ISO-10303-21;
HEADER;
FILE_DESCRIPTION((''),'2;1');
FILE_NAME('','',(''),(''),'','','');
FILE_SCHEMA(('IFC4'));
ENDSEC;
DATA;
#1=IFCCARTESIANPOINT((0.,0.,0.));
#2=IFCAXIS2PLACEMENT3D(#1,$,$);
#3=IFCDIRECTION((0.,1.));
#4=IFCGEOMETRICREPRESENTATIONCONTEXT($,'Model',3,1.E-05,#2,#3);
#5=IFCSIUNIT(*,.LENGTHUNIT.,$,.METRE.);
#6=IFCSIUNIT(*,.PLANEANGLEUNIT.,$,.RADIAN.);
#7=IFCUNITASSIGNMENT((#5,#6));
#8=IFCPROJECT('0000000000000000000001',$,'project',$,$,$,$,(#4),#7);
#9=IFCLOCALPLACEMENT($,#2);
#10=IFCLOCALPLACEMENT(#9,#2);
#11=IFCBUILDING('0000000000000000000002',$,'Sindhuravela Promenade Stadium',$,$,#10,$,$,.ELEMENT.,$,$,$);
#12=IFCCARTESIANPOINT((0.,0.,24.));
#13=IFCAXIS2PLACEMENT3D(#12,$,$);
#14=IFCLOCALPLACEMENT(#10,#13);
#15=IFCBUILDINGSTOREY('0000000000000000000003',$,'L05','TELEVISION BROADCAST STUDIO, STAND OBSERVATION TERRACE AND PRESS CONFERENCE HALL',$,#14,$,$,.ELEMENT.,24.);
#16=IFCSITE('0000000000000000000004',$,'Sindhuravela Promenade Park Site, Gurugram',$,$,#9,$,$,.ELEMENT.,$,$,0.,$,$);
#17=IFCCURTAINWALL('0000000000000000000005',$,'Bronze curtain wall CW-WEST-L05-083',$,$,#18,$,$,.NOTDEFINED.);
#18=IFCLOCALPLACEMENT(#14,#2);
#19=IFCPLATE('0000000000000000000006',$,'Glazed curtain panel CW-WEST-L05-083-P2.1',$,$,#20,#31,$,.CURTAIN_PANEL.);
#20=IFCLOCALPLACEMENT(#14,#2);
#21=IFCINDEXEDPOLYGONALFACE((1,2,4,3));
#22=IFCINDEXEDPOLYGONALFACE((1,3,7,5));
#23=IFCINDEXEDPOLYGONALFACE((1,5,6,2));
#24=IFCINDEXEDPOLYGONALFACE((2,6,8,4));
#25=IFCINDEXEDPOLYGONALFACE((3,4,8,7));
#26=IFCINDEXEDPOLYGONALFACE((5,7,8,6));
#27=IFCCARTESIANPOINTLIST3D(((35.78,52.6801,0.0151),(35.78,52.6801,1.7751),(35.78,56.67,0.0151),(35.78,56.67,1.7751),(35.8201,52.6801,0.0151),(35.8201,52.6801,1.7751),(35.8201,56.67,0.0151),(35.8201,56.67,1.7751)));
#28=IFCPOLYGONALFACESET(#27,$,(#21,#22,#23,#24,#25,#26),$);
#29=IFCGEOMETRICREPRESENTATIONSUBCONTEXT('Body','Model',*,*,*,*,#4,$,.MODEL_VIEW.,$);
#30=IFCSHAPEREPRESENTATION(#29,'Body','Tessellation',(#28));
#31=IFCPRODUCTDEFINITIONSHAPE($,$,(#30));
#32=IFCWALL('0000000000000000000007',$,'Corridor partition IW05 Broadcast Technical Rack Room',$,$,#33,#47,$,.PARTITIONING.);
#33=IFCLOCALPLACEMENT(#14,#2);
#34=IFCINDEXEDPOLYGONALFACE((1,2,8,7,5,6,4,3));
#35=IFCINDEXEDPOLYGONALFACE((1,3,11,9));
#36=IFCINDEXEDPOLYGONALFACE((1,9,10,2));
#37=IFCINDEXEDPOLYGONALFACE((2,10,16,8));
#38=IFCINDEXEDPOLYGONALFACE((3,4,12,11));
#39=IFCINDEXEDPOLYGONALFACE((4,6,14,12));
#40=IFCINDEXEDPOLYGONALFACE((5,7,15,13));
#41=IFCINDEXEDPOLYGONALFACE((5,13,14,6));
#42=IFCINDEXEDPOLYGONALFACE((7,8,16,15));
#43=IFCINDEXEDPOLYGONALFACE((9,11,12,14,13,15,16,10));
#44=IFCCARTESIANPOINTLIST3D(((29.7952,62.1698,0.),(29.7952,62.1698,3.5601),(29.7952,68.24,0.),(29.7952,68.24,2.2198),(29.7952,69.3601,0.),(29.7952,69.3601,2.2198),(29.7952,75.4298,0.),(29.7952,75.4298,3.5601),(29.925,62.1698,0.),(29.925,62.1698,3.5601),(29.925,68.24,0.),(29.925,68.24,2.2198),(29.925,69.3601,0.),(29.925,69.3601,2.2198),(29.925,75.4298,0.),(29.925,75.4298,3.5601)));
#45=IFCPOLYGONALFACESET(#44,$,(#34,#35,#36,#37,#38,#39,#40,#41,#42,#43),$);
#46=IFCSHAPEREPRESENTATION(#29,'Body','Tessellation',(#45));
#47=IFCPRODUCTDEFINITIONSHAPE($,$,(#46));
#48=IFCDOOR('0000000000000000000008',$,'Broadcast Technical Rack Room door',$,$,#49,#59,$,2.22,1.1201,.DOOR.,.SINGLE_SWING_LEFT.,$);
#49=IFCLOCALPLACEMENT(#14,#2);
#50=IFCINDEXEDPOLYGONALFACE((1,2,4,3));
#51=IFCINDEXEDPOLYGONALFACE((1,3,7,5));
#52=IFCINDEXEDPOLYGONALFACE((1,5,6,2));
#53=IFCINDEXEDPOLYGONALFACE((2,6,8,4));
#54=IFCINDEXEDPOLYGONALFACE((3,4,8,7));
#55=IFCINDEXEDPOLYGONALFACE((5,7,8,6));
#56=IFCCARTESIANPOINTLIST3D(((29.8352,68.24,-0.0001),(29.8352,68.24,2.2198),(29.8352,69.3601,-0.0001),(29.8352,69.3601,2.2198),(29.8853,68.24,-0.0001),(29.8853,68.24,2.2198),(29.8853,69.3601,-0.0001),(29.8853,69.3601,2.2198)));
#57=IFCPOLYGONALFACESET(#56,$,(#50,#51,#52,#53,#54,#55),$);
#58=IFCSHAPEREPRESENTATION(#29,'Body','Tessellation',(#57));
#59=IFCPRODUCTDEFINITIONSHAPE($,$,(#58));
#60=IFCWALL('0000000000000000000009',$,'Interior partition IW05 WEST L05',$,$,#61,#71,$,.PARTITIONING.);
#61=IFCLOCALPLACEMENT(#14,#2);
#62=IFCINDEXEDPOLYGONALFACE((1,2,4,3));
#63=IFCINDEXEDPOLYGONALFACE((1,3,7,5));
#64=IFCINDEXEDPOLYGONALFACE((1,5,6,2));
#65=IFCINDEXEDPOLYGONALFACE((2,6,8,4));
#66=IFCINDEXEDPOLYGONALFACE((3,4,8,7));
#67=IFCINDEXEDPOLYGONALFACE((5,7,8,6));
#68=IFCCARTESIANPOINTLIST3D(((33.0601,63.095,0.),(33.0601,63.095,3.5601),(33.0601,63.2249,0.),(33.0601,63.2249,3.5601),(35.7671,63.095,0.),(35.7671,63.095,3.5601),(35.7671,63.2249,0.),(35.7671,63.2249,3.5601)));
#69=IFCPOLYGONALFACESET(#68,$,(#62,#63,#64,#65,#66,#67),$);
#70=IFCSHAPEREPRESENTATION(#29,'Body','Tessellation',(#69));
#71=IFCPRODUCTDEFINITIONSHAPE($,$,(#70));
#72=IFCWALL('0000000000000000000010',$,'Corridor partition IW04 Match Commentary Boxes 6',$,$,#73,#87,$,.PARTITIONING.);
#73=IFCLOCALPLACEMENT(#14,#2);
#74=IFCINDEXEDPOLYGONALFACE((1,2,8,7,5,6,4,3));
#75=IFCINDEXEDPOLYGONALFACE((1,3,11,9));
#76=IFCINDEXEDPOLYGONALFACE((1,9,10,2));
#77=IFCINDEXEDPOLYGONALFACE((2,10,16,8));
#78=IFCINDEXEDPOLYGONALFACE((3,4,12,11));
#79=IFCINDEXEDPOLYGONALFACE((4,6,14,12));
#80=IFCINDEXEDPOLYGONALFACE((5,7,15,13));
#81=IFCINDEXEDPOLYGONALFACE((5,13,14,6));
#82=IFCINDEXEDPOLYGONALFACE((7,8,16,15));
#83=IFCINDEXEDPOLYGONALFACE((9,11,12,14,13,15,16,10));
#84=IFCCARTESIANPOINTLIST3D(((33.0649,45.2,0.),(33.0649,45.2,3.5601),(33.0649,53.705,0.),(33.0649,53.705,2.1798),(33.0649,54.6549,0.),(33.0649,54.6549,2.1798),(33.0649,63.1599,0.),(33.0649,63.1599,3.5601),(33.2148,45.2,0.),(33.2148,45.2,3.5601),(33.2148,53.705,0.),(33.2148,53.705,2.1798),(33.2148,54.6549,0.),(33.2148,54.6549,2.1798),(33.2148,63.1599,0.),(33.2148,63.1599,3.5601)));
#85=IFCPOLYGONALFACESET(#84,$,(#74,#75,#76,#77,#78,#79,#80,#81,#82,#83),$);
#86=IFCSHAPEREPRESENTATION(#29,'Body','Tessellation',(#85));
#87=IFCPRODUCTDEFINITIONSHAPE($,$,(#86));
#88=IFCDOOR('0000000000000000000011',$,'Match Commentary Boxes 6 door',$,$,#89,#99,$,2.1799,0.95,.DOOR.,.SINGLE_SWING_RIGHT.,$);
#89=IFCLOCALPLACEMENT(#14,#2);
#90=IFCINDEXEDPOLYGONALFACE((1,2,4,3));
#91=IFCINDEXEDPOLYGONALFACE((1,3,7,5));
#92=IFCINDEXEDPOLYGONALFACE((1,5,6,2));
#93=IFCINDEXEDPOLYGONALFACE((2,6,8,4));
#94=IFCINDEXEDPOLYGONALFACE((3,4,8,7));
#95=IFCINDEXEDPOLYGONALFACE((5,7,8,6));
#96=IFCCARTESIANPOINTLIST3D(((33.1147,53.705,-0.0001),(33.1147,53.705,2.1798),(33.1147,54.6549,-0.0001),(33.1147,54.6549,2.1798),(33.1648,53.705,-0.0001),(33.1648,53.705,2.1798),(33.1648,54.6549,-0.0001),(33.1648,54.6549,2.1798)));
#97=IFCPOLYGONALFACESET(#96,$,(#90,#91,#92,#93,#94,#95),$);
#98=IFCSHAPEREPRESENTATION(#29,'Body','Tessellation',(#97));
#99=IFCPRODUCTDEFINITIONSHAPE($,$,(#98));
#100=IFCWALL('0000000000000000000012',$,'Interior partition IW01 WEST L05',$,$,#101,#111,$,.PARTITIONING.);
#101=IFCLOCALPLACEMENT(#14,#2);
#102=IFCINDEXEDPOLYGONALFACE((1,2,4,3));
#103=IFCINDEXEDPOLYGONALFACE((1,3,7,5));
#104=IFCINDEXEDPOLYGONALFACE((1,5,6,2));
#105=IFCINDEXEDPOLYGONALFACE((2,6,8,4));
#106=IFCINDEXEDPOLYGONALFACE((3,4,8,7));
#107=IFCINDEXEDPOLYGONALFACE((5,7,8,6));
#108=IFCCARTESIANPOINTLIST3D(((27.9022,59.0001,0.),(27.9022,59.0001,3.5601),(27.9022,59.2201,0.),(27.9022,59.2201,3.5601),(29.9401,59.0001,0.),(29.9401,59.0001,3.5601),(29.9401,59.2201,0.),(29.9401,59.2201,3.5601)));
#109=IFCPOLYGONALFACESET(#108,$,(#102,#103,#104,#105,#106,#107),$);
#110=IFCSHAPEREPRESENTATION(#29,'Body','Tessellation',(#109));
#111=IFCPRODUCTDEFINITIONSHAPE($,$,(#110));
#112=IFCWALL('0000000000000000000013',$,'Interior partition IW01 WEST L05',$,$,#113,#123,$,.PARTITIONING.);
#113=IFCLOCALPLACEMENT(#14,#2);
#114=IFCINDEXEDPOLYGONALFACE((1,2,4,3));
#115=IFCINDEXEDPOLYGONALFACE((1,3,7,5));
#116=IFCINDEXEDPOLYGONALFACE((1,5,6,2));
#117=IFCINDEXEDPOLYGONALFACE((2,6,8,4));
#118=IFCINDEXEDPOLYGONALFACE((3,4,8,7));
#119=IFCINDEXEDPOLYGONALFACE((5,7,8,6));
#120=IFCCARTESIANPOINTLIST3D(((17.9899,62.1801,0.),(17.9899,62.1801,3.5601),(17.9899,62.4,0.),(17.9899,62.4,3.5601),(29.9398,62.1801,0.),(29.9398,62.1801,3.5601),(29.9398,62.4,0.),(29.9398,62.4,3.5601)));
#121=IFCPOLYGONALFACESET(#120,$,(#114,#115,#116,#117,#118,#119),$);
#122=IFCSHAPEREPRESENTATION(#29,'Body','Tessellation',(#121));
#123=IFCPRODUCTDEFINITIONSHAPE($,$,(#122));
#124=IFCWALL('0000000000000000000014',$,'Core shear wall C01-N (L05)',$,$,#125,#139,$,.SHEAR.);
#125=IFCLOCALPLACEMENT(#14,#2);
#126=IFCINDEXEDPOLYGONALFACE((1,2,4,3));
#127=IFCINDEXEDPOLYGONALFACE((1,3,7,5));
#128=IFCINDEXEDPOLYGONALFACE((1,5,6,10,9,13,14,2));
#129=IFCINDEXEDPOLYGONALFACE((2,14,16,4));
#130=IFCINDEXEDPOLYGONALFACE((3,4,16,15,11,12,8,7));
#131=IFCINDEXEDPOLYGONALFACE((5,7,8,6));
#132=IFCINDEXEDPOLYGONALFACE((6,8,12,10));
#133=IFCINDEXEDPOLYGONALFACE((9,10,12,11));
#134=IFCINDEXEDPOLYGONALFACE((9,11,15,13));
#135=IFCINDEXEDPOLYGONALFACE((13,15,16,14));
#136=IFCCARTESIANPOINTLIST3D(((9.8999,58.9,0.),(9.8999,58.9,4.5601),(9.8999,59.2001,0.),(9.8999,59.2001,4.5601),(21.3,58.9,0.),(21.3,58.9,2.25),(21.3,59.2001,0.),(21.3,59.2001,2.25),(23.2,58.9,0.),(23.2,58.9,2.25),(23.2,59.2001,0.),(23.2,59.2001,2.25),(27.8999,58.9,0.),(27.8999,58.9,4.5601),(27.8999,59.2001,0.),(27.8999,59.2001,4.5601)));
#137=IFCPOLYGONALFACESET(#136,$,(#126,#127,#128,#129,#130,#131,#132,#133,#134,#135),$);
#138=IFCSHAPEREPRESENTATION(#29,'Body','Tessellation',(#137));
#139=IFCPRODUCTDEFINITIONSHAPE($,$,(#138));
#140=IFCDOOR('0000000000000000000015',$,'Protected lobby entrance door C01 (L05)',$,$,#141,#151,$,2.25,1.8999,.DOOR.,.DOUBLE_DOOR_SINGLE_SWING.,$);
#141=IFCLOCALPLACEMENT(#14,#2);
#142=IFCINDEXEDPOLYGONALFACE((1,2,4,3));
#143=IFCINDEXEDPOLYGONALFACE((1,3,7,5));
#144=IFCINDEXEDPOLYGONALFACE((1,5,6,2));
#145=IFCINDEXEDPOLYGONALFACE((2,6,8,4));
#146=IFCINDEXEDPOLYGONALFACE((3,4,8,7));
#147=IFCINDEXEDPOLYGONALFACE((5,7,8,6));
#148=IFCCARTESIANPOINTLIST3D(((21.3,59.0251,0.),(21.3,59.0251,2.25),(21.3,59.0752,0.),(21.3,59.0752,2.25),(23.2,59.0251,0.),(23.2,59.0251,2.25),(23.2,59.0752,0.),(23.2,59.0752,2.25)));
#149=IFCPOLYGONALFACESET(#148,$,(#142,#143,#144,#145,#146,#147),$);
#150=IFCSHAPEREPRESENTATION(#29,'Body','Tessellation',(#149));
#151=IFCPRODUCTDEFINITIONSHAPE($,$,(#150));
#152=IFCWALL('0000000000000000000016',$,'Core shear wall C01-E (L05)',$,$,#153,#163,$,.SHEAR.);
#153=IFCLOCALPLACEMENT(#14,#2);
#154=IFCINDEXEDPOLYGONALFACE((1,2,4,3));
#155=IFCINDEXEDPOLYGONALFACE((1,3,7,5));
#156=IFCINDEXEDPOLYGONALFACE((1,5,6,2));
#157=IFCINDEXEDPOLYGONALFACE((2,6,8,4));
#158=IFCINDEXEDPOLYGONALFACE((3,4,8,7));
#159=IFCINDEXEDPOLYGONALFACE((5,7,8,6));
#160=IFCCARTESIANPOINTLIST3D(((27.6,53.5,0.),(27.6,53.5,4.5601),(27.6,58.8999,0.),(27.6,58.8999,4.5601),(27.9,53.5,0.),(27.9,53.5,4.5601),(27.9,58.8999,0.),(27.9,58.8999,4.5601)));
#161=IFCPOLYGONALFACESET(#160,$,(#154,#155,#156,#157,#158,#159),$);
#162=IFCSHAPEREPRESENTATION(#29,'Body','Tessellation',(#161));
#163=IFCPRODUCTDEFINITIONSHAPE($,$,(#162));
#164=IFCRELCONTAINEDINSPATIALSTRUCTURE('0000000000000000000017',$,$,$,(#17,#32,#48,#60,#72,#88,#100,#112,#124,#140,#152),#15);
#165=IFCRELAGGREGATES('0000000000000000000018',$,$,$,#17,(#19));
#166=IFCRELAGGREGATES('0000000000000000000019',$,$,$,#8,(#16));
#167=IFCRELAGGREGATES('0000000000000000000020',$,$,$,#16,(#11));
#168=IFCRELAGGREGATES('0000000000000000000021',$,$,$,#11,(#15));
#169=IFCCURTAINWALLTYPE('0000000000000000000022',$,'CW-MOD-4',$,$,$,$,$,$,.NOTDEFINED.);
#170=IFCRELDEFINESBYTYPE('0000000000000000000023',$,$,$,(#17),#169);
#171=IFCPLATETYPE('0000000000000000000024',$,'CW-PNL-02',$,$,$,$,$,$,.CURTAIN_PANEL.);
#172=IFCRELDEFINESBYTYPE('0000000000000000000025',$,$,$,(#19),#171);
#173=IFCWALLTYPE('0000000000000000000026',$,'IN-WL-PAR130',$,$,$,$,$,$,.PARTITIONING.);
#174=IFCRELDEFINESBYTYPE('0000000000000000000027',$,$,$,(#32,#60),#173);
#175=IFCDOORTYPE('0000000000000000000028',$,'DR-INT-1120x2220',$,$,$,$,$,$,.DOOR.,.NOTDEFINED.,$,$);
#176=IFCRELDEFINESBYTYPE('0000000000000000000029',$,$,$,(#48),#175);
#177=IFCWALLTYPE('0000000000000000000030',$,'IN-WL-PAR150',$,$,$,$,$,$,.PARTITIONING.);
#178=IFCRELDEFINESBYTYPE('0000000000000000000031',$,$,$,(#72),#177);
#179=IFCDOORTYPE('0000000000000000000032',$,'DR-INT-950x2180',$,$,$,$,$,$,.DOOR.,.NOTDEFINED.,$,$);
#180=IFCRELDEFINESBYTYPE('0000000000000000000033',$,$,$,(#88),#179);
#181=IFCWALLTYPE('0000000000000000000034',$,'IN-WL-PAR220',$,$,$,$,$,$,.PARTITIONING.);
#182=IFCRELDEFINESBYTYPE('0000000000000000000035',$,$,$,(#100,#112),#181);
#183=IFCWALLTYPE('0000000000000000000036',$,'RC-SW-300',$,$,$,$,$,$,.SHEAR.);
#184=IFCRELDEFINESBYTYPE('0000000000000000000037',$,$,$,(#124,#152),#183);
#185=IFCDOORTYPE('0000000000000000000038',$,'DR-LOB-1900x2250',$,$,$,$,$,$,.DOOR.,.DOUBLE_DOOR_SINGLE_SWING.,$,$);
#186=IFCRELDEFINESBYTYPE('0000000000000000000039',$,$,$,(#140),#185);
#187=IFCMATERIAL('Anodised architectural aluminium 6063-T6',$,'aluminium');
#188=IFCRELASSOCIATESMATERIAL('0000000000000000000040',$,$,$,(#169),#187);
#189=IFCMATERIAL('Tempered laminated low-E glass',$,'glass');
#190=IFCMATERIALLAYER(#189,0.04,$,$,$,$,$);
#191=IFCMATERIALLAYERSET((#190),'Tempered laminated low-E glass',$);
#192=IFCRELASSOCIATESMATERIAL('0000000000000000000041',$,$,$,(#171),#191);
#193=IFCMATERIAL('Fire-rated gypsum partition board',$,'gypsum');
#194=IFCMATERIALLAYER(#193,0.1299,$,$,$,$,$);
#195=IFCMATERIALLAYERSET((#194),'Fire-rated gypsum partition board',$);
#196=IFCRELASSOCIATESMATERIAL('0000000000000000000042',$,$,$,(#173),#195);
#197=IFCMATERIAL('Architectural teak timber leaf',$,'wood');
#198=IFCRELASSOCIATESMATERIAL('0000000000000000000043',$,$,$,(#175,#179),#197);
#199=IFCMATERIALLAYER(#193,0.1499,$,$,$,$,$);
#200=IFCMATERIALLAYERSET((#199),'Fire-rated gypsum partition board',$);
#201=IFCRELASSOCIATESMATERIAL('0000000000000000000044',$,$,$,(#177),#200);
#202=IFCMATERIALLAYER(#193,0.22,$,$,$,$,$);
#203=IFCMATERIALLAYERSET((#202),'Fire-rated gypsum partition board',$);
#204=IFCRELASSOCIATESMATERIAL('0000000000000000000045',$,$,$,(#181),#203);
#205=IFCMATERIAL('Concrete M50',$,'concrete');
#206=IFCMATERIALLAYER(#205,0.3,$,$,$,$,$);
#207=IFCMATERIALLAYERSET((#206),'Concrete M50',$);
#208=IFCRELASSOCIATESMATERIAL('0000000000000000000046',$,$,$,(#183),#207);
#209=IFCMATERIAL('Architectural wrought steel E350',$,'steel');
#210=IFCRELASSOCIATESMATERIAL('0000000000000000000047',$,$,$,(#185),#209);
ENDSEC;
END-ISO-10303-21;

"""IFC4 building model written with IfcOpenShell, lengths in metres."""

from ifc_helpers import new_model, si_unit, direction, frame, frame_2d, origin, origin_2d, place, context, subcontext, project, spatial, rectangle, extrude, material, layer, layer_set, type_object, element, fill, aggregate, save


model = new_model("IFC4")

# Units and contexts
model_context = context("Model", 3, precision=1e-05, world=origin(), true_north=direction((0.0, 1.0)))
body_context = subcontext(model_context, "Body", "Model", "MODEL_VIEW")
ifc_project = project(units=[si_unit("LENGTHUNIT", "METRE"), si_unit("PLANEANGLEUNIT", "RADIAN")], contexts=[model_context])

# Site, building, storey
site_placement = place(None, origin())
site = spatial("IfcSite", under=ifc_project, at=site_placement, Name="Sindhuravela Promenade Park Site, Gurugram", CompositionType="ELEMENT", RefElevation=0.0)
building_placement = place(site_placement, origin())
building = spatial("IfcBuilding", under=site, at=building_placement, Name="Sindhuravela Promenade Stadium", CompositionType="ELEMENT")
storey_placement = place(building_placement, frame((0.0, 0.0, 24.0)))
storey = spatial("IfcBuildingStorey", under=building, at=storey_placement, Name="L05", Description="TELEVISION BROADCAST STUDIO, STAND OBSERVATION TERRACE AND PRESS CONFERENCE HALL", CompositionType="ELEMENT", Elevation=24.0)

# Curtain wall, plate
ifc_material_1 = material(Name="Anodised architectural aluminium 6063-T6", Category="aluminium")
curtain_wall_type = type_object("IfcCurtainWallType", Name="CW-MOD-4", PredefinedType="NOTDEFINED", material=ifc_material_1)
curtain_wall_placement = place(storey_placement, origin())
curtain_wall = element("IfcCurtainWall", 1, at=curtain_wall_placement, inside=storey, type_object=curtain_wall_type, Name="Bronze curtain wall CW-WEST-L05-083", PredefinedType="NOTDEFINED")
ifc_material_2 = material(Name="Tempered laminated low-E glass", Category="glass")
ifc_layer_1 = layer(ifc_material_2, 0.04)
ifc_layer_set_1 = layer_set([ifc_layer_1], Name="Tempered laminated low-E glass")
plate_type = type_object("IfcPlateType", Name="CW-PNL-02", PredefinedType="CURTAIN_PANEL", material=ifc_layer_set_1)
plate_placement = place(storey_placement, frame((35.8, 54.675, 0.0151), z_axis=(0.0, 0.0, 1.0), x_axis=(0.0, -1.0, 0.0)))
plate = element("IfcPlate", 2, at=plate_placement, type_object=plate_type, Name="Glazed curtain panel CW-WEST-L05-083-P2.1", PredefinedType="CURTAIN_PANEL", context=body_context, shape_type="SweptSolid", body=[
    extrude(rectangle(XDim=3.99, YDim=0.04, at=origin_2d()), origin(), (0.0, 0.0, 1.0), 1.76),
])
aggregate(curtain_wall, [plate])

# Wall, opening, door
ifc_material_3 = material(Name="Fire-rated gypsum partition board", Category="gypsum")
ifc_layer_2 = layer(ifc_material_3, 0.1299)
ifc_layer_set_2 = layer_set([ifc_layer_2], Name="Fire-rated gypsum partition board")
wall_type_1 = type_object("IfcWallType", Name="IN-WL-PAR130", PredefinedType="PARTITIONING", material=ifc_layer_set_2)
wall_1_placement = place(storey_placement, frame((29.8601, 62.1699, 0.0), z_axis=(0.0, 0.0, 1.0), x_axis=(0.0, 1.0, 0.0)))
wall_1 = element("IfcWall", 3, at=wall_1_placement, inside=storey, type_object=wall_type_1, Name="Corridor partition IW05 Broadcast Technical Rack Room", PredefinedType="PARTITIONING", context=body_context, shape_type="SweptSolid", body=[
    extrude(rectangle(XDim=13.26, YDim=0.1299, at=frame_2d((6.6299, 0.0))), origin(), (0.0, 0.0, 1.0), 3.5601),
])
opening_1_placement = place(wall_1_placement, frame((6.0701, 0.0, 0.0)))
opening_1 = element("IfcOpeningElement", 4, at=opening_1_placement, cuts=wall_1, PredefinedType="OPENING", context=body_context, shape_type="SweptSolid", body=[
    extrude(rectangle(XDim=1.1201, YDim=2.22, at=frame_2d((0.5601, 1.1099))), frame((0.0, 0.075, 0.0), z_axis=(0.0, -1.0, 0.0), x_axis=(1.0, 0.0, 0.0)), (0.0, 0.0, 1.0), 0.1499),
])
ifc_material_4 = material(Name="Architectural teak timber leaf", Category="wood")
door_type_1 = type_object("IfcDoorType", Name="DR-INT-1120x2220", OperationType="NOTDEFINED", PredefinedType="DOOR", material=ifc_material_4)
door_1_placement = place(opening_1_placement, origin())
door_1 = element("IfcDoor", 5, at=door_1_placement, inside=storey, type_object=door_type_1, Name="Broadcast Technical Rack Room door", OperationType="SINGLE_SWING_LEFT", OverallHeight=2.22, OverallWidth=1.1201, PredefinedType="DOOR", context=body_context, shape_type="SweptSolid", body=[
    extrude(rectangle(XDim=1.1201, YDim=2.22, at=frame_2d((0.5601, 1.1099))), frame((0.0, 0.0249, 0.0), z_axis=(0.0, -1.0, 0.0), x_axis=(1.0, 0.0, 0.0)), (0.0, 0.0, 1.0), 0.05),
])
fill(opening_1, door_1)

# Wall
wall_2_placement = place(storey_placement, frame((33.0601, 63.1599, 0.0), z_axis=(0.0, 0.0, 1.0), x_axis=(1.0, 0.0, 0.0)))
element("IfcWall", 6, at=wall_2_placement, inside=storey, type_object=wall_type_1, Name="Interior partition IW05 WEST L05", PredefinedType="PARTITIONING", context=body_context, shape_type="SweptSolid", body=[
    extrude(rectangle(XDim=2.707, YDim=0.1299, at=frame_2d((1.3535, 0.0))), origin(), (0.0, 0.0, 1.0), 3.5601),
])

# Wall, opening, door
ifc_layer_3 = layer(ifc_material_3, 0.1499)
ifc_layer_set_3 = layer_set([ifc_layer_3], Name="Fire-rated gypsum partition board")
wall_type_2 = type_object("IfcWallType", Name="IN-WL-PAR150", PredefinedType="PARTITIONING", material=ifc_layer_set_3)
wall_3_placement = place(storey_placement, frame((33.1399, 63.1599, 0.0), z_axis=(0.0, 0.0, 1.0), x_axis=(0.0, -1.0, 0.0)))
wall_3 = element("IfcWall", 7, at=wall_3_placement, inside=storey, type_object=wall_type_2, Name="Corridor partition IW04 Match Commentary Boxes 6", PredefinedType="PARTITIONING", context=body_context, shape_type="SweptSolid", body=[
    extrude(rectangle(XDim=17.96, YDim=0.1499, at=frame_2d((8.98, 0.0))), origin(), (0.0, 0.0, 1.0), 3.5601),
])
opening_2_placement = place(wall_3_placement, frame((8.5049, 0.0, 0.0)))
opening_2 = element("IfcOpeningElement", 8, at=opening_2_placement, cuts=wall_3, PredefinedType="OPENING", context=body_context, shape_type="SweptSolid", body=[
    extrude(rectangle(XDim=0.95, YDim=2.1799, at=frame_2d((0.4751, 1.0898))), frame((0.0, 0.085, 0.0), z_axis=(0.0, -1.0, 0.0), x_axis=(1.0, 0.0, 0.0)), (0.0, 0.0, 1.0), 0.1699),
])
door_type_2 = type_object("IfcDoorType", Name="DR-INT-950x2180", OperationType="NOTDEFINED", PredefinedType="DOOR", material=ifc_material_4)
door_2_placement = place(opening_2_placement, origin())
door_2 = element("IfcDoor", 9, at=door_2_placement, inside=storey, type_object=door_type_2, Name="Match Commentary Boxes 6 door", OperationType="SINGLE_SWING_RIGHT", OverallHeight=2.1799, OverallWidth=0.95, PredefinedType="DOOR", context=body_context, shape_type="SweptSolid", body=[
    extrude(rectangle(XDim=0.95, YDim=2.1799, at=frame_2d((0.4751, 1.0898))), frame((0.0, 0.0249, 0.0), z_axis=(0.0, -1.0, 0.0), x_axis=(1.0, 0.0, 0.0)), (0.0, 0.0, 1.0), 0.05),
])
fill(opening_2, door_2)

# Walls
ifc_layer_4 = layer(ifc_material_3, 0.22)
ifc_layer_set_4 = layer_set([ifc_layer_4], Name="Fire-rated gypsum partition board")
wall_type_3 = type_object("IfcWallType", Name="IN-WL-PAR220", PredefinedType="PARTITIONING", material=ifc_layer_set_4)
wall_4_placement = place(storey_placement, frame((27.9021, 59.1101, 0.0), z_axis=(0.0, 0.0, 1.0), x_axis=(1.0, 0.0, 0.0)))
element("IfcWall", 10, at=wall_4_placement, inside=storey, type_object=wall_type_3, Name="Interior partition IW01 WEST L05", PredefinedType="PARTITIONING", context=body_context, shape_type="SweptSolid", body=[
    extrude(rectangle(XDim=2.0378, YDim=0.22, at=frame_2d((1.019, 0.0))), origin(), (0.0, 0.0, 1.0), 3.5601),
])
wall_5_placement = place(storey_placement, frame((29.9399, 62.29, 0.0), z_axis=(0.0, 0.0, 1.0), x_axis=(-1.0, 0.0, 0.0)))
element("IfcWall", 11, at=wall_5_placement, inside=storey, type_object=wall_type_3, Name="Interior partition IW01 WEST L05", PredefinedType="PARTITIONING", context=body_context, shape_type="SweptSolid", body=[
    extrude(rectangle(XDim=11.95, YDim=0.22, at=frame_2d((5.9751, 0.0))), origin(), (0.0, 0.0, 1.0), 3.5601),
])

# Wall, opening, door
ifc_material_5 = material(Name="Concrete M50", Category="concrete")
ifc_layer_5 = layer(ifc_material_5, 0.3)
ifc_layer_set_5 = layer_set([ifc_layer_5], Name="Concrete M50")
wall_type_4 = type_object("IfcWallType", Name="RC-SW-300", PredefinedType="SHEAR", material=ifc_layer_set_5)
wall_6_placement = place(storey_placement, frame((27.8999, 59.05, 0.0), z_axis=(0.0, 0.0, 1.0), x_axis=(-1.0, 0.0, 0.0)))
wall_6 = element("IfcWall", 12, at=wall_6_placement, inside=storey, type_object=wall_type_4, Name="Core shear wall C01-N (L05)", PredefinedType="SHEAR", context=body_context, shape_type="SweptSolid", body=[
    extrude(rectangle(XDim=18.0, YDim=0.3, at=frame_2d((9.0, 0.0))), origin(), (0.0, 0.0, 1.0), 4.5601),
])
opening_3_placement = place(wall_6_placement, frame((4.7, 0.0, 0.0)))
opening_3 = element("IfcOpeningElement", 13, at=opening_3_placement, cuts=wall_6, PredefinedType="OPENING", context=body_context, shape_type="SweptSolid", body=[
    extrude(rectangle(XDim=1.8999, YDim=2.25, at=frame_2d((0.95, 1.125))), frame((0.0, 0.1599, 0.0), z_axis=(0.0, -1.0, 0.0), x_axis=(1.0, 0.0, 0.0)), (0.0, 0.0, 1.0), 0.3201),
])
ifc_material_6 = material(Name="Architectural wrought steel E350", Category="steel")
door_type_3 = type_object("IfcDoorType", Name="DR-LOB-1900x2250", OperationType="DOUBLE_DOOR_SINGLE_SWING", PredefinedType="DOOR", material=ifc_material_6)
door_3_placement = place(opening_3_placement, origin())
door_3 = element("IfcDoor", 14, at=door_3_placement, inside=storey, type_object=door_type_3, Name="Protected lobby entrance door C01 (L05)", OperationType="DOUBLE_DOOR_SINGLE_SWING", OverallHeight=2.25, OverallWidth=1.8999, PredefinedType="DOOR", context=body_context, shape_type="SweptSolid", body=[
    extrude(rectangle(XDim=1.8999, YDim=2.25, at=frame_2d((0.95, 1.125))), frame((0.0, 0.0249, 0.0), z_axis=(0.0, -1.0, 0.0), x_axis=(1.0, 0.0, 0.0)), (0.0, 0.0, 1.0), 0.05),
])
fill(opening_3, door_3)

# Wall
wall_7_placement = place(storey_placement, frame((27.75, 53.5, 0.0), z_axis=(0.0, 0.0, 1.0), x_axis=(0.0, 1.0, 0.0)))
element("IfcWall", 15, at=wall_7_placement, inside=storey, type_object=wall_type_4, Name="Core shear wall C01-E (L05)", PredefinedType="SHEAR", context=body_context, shape_type="SweptSolid", body=[
    extrude(rectangle(XDim=5.3999, YDim=0.3, at=frame_2d((2.7, 0.0))), origin(), (0.0, 0.0, 1.0), 4.5601),
])

save(model, "model.ifc")
